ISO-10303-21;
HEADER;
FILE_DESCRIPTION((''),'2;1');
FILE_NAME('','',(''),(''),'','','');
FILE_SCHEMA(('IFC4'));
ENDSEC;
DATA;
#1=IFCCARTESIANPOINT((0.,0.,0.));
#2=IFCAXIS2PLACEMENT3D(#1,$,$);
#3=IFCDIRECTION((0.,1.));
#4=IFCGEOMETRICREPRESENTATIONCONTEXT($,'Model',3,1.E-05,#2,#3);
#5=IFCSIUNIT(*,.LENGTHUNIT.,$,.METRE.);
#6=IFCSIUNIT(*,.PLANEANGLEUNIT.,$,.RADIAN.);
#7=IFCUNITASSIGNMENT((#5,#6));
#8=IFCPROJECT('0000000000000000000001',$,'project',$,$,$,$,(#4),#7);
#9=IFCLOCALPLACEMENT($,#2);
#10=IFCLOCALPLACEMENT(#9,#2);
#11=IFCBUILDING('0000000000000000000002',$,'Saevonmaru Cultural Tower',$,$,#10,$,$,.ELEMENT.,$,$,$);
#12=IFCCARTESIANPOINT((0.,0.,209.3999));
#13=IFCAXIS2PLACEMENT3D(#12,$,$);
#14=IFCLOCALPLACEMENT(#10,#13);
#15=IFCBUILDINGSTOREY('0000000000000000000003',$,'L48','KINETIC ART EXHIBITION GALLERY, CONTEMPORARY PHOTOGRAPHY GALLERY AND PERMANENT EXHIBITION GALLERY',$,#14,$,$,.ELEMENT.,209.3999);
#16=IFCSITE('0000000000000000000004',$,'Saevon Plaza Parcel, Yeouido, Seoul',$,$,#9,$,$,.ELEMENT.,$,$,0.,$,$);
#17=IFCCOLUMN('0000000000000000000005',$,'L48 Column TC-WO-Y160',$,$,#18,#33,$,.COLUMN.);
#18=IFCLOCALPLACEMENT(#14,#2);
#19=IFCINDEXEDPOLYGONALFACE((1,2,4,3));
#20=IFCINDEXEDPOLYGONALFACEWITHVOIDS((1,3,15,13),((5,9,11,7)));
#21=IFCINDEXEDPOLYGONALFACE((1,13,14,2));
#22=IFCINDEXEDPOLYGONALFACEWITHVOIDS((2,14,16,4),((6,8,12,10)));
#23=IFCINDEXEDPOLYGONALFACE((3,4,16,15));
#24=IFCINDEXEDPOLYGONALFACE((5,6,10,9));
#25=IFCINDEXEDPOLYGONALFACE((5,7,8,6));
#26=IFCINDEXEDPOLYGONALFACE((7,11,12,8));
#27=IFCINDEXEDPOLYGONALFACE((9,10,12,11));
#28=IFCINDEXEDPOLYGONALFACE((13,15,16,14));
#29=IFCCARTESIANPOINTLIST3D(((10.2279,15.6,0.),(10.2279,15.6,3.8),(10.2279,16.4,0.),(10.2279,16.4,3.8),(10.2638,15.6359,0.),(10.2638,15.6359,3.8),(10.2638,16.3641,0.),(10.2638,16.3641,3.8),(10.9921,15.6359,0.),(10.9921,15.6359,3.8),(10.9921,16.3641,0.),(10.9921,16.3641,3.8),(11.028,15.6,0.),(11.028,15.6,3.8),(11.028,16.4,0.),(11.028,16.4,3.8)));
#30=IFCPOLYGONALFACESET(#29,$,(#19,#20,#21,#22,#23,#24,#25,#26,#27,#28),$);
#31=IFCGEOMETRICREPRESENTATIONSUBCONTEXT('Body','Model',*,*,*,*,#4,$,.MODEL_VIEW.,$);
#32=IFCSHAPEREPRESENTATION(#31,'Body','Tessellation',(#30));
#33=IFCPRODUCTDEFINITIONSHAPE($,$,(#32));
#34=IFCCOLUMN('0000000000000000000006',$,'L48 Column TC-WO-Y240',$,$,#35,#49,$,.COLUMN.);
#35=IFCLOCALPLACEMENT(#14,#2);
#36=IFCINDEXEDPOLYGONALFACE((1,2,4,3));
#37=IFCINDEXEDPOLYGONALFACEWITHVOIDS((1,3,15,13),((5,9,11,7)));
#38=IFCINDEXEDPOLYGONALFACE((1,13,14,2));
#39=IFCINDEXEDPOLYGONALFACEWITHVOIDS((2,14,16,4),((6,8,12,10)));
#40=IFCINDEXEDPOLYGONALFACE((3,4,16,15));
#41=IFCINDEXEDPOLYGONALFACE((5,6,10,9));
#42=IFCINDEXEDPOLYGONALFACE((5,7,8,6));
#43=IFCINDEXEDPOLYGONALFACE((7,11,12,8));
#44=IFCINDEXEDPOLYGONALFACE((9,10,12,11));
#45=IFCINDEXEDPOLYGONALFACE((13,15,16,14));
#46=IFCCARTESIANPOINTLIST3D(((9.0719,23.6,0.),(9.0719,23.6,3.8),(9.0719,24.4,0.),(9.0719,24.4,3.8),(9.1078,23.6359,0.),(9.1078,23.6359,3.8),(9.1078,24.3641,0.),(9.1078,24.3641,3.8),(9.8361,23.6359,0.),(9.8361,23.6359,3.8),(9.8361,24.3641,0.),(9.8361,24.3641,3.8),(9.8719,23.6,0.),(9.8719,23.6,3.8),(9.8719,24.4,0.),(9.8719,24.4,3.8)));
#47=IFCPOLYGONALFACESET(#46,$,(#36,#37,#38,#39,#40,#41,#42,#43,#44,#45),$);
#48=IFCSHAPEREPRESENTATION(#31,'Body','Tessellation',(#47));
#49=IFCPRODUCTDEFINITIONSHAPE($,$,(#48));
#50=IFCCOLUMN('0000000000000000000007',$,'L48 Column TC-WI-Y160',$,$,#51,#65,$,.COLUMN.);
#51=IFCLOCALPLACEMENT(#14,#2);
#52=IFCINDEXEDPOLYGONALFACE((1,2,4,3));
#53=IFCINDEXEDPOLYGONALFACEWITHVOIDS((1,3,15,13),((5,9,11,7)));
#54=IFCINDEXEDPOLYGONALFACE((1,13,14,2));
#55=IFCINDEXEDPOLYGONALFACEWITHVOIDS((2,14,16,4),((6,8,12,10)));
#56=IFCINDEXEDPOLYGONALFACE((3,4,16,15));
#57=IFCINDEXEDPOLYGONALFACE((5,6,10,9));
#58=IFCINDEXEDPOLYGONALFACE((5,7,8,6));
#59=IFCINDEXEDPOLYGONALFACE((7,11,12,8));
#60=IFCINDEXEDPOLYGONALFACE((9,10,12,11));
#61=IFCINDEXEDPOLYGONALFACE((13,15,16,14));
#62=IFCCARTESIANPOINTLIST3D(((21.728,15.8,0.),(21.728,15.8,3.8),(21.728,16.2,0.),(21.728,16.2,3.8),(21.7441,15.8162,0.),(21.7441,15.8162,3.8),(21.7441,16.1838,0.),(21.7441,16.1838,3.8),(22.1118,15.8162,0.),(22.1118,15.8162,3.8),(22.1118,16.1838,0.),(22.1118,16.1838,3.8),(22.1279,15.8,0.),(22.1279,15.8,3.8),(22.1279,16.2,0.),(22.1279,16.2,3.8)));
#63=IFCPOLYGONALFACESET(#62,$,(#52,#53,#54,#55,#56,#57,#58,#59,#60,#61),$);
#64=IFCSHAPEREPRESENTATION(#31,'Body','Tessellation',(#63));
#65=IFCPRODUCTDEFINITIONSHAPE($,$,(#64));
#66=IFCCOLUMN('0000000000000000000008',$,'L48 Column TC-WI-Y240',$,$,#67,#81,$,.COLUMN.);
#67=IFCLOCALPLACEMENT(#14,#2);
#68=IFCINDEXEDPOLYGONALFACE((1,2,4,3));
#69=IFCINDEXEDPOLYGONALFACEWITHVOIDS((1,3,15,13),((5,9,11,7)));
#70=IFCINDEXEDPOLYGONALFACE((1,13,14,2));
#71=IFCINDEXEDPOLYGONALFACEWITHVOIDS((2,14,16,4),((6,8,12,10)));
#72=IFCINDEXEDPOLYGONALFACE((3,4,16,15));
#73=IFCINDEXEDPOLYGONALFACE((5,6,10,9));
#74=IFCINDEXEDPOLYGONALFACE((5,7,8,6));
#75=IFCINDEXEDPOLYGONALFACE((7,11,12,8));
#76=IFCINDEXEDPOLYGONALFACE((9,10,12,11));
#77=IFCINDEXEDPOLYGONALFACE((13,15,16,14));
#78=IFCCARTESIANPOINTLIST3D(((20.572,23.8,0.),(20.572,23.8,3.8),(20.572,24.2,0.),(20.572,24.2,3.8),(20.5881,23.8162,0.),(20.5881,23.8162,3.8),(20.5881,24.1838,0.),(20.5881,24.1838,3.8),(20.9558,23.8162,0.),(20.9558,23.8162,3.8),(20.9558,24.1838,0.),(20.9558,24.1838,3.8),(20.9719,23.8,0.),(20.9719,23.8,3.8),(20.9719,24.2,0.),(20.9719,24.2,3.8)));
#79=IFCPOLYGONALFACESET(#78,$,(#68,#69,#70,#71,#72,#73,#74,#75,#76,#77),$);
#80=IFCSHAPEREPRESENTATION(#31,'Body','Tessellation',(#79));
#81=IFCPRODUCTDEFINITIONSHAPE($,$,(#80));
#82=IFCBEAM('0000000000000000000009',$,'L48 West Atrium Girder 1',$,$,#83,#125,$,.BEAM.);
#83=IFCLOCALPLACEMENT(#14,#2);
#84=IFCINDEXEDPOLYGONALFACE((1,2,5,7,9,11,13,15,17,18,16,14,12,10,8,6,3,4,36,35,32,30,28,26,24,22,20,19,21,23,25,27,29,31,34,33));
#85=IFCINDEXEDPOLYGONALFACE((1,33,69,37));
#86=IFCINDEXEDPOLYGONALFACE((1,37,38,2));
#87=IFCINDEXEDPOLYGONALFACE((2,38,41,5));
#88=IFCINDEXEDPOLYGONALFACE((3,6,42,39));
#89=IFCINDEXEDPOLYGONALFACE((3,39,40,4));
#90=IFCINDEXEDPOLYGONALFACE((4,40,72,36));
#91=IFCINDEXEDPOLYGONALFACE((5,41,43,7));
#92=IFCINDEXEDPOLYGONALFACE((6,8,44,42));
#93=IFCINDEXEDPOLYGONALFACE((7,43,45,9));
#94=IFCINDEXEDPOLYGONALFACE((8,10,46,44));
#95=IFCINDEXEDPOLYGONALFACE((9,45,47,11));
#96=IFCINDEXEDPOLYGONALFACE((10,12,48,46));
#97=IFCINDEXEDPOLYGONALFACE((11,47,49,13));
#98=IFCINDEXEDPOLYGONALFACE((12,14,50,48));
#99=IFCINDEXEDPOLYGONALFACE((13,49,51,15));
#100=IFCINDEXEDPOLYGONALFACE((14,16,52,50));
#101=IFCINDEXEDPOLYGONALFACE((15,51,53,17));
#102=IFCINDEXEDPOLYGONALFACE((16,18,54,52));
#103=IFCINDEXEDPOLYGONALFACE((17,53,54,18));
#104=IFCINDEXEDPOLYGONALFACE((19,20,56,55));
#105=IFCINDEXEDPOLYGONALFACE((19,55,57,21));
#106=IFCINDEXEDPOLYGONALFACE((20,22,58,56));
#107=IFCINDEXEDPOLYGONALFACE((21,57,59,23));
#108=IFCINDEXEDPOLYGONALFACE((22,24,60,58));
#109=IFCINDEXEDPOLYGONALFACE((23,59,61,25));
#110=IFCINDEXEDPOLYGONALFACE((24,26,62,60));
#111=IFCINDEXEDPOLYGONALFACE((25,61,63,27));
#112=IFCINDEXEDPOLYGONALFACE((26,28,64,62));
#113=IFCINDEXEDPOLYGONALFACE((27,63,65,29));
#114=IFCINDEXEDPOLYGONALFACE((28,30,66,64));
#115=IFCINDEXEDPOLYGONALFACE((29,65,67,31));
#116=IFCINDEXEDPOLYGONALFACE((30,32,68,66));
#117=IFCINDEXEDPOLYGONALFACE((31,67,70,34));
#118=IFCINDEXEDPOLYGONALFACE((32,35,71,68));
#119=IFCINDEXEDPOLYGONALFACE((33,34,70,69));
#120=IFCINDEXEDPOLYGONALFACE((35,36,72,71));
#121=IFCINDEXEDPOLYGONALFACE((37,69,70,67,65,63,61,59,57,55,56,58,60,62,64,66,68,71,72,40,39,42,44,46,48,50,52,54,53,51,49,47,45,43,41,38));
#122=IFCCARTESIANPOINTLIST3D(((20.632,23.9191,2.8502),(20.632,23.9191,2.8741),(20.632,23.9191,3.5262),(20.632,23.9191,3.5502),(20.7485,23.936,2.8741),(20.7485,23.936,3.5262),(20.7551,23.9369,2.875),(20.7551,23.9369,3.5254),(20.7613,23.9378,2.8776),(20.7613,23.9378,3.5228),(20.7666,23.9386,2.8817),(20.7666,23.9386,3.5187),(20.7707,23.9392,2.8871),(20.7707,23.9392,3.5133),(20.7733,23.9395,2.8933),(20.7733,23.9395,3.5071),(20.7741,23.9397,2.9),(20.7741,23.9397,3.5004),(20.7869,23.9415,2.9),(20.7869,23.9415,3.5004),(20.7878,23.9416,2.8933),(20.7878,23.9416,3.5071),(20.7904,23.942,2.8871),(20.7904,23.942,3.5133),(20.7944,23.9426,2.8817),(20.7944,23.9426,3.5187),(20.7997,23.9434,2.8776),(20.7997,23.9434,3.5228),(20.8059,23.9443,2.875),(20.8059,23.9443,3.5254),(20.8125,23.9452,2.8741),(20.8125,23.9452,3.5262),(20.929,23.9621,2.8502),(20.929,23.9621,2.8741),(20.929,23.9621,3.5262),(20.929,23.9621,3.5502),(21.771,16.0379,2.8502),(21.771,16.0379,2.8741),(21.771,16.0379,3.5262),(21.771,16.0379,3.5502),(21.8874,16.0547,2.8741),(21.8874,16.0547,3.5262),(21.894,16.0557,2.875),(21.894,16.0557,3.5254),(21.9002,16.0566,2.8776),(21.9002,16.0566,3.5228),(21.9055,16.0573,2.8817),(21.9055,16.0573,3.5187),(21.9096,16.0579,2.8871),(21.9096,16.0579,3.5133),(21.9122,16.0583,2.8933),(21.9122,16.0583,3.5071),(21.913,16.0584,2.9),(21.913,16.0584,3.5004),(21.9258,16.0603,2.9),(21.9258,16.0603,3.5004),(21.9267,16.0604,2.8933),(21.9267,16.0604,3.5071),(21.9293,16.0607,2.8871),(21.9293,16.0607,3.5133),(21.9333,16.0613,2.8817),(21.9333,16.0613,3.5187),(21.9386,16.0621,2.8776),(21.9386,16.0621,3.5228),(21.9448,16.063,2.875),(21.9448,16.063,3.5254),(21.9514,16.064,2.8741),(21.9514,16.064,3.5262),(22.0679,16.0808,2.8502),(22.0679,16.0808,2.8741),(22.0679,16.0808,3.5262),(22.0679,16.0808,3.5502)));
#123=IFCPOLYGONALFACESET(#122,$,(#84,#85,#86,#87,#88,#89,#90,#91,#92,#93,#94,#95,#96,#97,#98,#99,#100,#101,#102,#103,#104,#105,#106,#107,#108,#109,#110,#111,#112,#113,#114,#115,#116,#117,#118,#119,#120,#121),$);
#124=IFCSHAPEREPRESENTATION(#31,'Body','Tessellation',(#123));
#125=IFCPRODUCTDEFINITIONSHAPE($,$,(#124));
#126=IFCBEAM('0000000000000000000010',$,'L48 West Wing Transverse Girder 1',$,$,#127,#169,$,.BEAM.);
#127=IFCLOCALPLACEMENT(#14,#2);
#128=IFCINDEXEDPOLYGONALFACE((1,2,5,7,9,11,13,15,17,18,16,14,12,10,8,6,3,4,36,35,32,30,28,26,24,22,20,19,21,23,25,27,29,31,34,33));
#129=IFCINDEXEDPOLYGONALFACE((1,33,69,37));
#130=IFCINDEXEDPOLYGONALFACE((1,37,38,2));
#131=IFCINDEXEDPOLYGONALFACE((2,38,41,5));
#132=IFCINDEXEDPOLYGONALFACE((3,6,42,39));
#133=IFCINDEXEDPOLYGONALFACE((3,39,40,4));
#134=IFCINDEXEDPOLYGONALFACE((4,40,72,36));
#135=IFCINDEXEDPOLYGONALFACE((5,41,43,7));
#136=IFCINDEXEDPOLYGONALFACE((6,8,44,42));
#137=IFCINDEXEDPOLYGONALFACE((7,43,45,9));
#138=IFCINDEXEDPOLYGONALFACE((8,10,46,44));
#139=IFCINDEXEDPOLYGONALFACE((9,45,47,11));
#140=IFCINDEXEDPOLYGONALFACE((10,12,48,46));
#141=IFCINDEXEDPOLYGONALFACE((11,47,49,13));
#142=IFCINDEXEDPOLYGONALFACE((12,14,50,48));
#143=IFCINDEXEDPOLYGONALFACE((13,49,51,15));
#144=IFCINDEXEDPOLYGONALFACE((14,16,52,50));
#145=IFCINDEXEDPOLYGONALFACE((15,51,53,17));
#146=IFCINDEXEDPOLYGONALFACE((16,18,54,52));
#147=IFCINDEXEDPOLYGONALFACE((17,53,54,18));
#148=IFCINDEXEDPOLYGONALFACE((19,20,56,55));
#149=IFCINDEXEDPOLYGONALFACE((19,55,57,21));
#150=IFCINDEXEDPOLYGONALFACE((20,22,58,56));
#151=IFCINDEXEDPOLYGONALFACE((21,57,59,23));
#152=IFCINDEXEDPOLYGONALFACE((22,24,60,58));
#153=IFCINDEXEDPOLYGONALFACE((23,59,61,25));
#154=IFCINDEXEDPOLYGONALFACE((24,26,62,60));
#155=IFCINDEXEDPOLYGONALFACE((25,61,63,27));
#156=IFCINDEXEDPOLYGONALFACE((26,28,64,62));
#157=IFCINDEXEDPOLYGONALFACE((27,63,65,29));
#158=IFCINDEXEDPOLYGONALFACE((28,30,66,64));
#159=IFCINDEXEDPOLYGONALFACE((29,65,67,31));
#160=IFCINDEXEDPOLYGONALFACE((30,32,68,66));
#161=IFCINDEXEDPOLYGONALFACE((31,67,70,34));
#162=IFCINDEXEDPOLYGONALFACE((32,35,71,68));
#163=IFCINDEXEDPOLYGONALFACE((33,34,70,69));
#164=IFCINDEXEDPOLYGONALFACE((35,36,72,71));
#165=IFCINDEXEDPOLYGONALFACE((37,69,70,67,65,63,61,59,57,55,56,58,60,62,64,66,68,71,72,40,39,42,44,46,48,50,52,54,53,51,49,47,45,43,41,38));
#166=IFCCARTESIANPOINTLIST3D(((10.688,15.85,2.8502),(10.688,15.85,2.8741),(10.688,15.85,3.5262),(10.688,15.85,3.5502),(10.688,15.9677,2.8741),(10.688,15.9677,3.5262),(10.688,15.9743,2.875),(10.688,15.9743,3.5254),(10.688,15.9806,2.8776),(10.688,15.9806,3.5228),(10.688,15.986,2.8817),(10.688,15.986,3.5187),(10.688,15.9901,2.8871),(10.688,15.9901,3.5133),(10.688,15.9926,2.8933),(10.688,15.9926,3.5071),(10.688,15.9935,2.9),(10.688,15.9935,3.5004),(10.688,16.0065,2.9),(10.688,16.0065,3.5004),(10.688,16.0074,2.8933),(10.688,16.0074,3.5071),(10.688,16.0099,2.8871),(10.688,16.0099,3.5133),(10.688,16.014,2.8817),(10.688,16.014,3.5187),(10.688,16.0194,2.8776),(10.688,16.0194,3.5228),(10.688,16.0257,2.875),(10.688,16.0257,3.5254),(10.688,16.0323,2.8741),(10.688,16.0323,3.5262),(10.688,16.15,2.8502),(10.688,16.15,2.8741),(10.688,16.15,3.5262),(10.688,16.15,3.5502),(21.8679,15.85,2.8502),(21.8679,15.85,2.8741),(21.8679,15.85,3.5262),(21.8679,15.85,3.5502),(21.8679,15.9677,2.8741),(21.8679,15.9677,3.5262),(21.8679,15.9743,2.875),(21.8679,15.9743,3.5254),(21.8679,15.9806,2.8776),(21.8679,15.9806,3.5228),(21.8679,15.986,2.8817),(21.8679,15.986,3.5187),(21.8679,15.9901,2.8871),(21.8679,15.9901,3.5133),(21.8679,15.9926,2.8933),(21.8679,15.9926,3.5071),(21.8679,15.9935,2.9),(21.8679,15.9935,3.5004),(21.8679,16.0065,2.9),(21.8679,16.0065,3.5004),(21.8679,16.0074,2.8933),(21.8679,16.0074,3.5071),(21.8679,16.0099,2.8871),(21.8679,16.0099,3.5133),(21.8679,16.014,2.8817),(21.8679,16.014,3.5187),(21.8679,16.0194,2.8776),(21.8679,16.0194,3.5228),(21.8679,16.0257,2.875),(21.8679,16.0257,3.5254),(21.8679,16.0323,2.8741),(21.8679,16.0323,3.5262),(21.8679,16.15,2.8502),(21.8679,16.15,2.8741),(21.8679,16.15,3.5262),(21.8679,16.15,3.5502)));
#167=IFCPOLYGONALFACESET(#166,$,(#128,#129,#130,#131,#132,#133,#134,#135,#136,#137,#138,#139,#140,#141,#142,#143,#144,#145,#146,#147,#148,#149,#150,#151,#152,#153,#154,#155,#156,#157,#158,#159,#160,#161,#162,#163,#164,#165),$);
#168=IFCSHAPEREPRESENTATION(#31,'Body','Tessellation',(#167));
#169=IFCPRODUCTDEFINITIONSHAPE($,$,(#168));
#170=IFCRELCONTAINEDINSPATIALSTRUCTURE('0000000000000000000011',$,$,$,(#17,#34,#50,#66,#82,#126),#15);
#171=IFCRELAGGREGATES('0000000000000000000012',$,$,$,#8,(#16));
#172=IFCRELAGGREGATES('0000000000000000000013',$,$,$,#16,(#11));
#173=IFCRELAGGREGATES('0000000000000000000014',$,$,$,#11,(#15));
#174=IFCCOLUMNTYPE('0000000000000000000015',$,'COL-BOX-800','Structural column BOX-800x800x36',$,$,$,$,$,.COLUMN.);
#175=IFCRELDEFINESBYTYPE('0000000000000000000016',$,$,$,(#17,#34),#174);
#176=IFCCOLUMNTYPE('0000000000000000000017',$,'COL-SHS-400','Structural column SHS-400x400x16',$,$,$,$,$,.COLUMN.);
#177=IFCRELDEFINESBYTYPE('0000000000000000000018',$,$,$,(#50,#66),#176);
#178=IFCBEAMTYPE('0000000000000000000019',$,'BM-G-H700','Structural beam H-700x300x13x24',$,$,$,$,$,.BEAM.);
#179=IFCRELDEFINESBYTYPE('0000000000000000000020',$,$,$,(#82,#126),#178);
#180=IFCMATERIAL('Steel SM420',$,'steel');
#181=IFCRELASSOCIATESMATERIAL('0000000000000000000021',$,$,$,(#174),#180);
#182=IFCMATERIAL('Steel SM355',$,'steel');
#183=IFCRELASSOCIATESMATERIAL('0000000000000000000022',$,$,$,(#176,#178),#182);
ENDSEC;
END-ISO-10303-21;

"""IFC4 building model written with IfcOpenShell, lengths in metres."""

from ifc_helpers import new_model, si_unit, direction, frame, origin, origin_2d, place, context, subcontext, project, spatial, hollow_rectangle, i_section, extrude, material, material_profile, profile_set, type_object, element, save


model = new_model("IFC4")

# Units and contexts
model_context = context("Model", 3, precision=1e-05, world=origin(), true_north=direction((0.0, 1.0)))
body_context = subcontext(model_context, "Body", "Model", "MODEL_VIEW")
ifc_project = project(units=[si_unit("LENGTHUNIT", "METRE"), si_unit("PLANEANGLEUNIT", "RADIAN")], contexts=[model_context])

# Site, building, storey
site_placement = place(None, origin())
site = spatial("IfcSite", under=ifc_project, at=site_placement, Name="Saevon Plaza Parcel, Yeouido, Seoul", CompositionType="ELEMENT", RefElevation=0.0)
building_placement = place(site_placement, origin())
building = spatial("IfcBuilding", under=site, at=building_placement, Name="Saevonmaru Cultural Tower", CompositionType="ELEMENT")
storey_placement = place(building_placement, frame((0.0, 0.0, 209.3999)))
storey = spatial("IfcBuildingStorey", under=building, at=storey_placement, Name="L48", Description="KINETIC ART EXHIBITION GALLERY, CONTEMPORARY PHOTOGRAPHY GALLERY AND PERMANENT EXHIBITION GALLERY", CompositionType="ELEMENT", Elevation=209.3999)

# Columns
ifc_material_1 = material(Name="Steel SM420", Category="steel")
ifc_material_profile_1 = material_profile(ifc_material_1, hollow_rectangle(XDim=0.8, YDim=0.8, WallThickness=0.0359, at=origin_2d()), Name="BOX-800x800x36")
ifc_profile_set_1 = profile_set([ifc_material_profile_1], Name="Steel SM420")
column_type_1 = type_object("IfcColumnType", Name="COL-BOX-800", Description="Structural column BOX-800x800x36", PredefinedType="COLUMN", material=ifc_profile_set_1)
for number, where, z_axis, x_axis, name in (
    (1, (10.6279, 16.0, 0.0), (0.0, 0.0, 1.0), (1.0, 0.0, 0.0), "L48 Column TC-WO-Y160"),
    (2, (9.4719, 24.0, 0.0), (0.0, 0.0, 1.0), (1.0, 0.0, 0.0), "L48 Column TC-WO-Y240"),
):
    element("IfcColumn", number, at=place(storey_placement, frame(where, z_axis=z_axis, x_axis=x_axis)), inside=storey, type_object=column_type_1, Name=name, PredefinedType="COLUMN", context=body_context, shape_type="SweptSolid", body=[
        extrude(hollow_rectangle(XDim=0.8, YDim=0.8, WallThickness=0.0359, at=origin_2d()), origin(), (0.0, 0.0, 1.0), 3.8),
    ])
ifc_material_2 = material(Name="Steel SM355", Category="steel")
ifc_material_profile_2 = material_profile(ifc_material_2, hollow_rectangle(XDim=0.3999, YDim=0.3999, WallThickness=0.0161, at=origin_2d()), Name="SHS-400x400x16")
ifc_profile_set_2 = profile_set([ifc_material_profile_2], Name="Steel SM355")
column_type_2 = type_object("IfcColumnType", Name="COL-SHS-400", Description="Structural column SHS-400x400x16", PredefinedType="COLUMN", material=ifc_profile_set_2)
for number, where, z_axis, x_axis, name in (
    (3, (21.928, 16.0, 0.0), (0.0, 0.0, 1.0), (1.0, 0.0, 0.0), "L48 Column TC-WI-Y160"),
    (4, (20.772, 24.0, 0.0), (0.0, 0.0, 1.0), (1.0, 0.0, 0.0), "L48 Column TC-WI-Y240"),
):
    element("IfcColumn", number, at=place(storey_placement, frame(where, z_axis=z_axis, x_axis=x_axis)), inside=storey, type_object=column_type_2, Name=name, PredefinedType="COLUMN", context=body_context, shape_type="SweptSolid", body=[
        extrude(hollow_rectangle(XDim=0.3999, YDim=0.3999, WallThickness=0.0161, at=origin_2d()), origin(), (0.0, 0.0, 1.0), 3.8),
    ])

# Beams
ifc_material_profile_3 = material_profile(ifc_material_2, i_section(OverallWidth=0.3, OverallDepth=0.7, WebThickness=0.0129, FlangeThickness=0.0239, FilletRadius=0.0259, at=origin_2d()), Name="H-700x300x13x24")
ifc_profile_set_3 = profile_set([ifc_material_profile_3], Name="Steel SM355")
beam_type_1 = type_object("IfcBeamType", Name="BM-G-H700", Description="Structural beam H-700x300x13x24", PredefinedType="BEAM", material=ifc_profile_set_3)
beam_1_placement = place(storey_placement, frame((21.9194, 16.0593, 3.2002), z_axis=(-0.143022, 0.989719, 0.0), x_axis=(-0.989719, -0.143022, 0.0)))
element("IfcBeam", 5, at=beam_1_placement, inside=storey, type_object=beam_type_1, Name="L48 West Atrium Girder 1", PredefinedType="BEAM", context=body_context, shape_type="SweptSolid", body=[
    extrude(i_section(OverallWidth=0.3, OverallDepth=0.7, WebThickness=0.0129, FlangeThickness=0.0239, FilletRadius=0.0259, at=origin_2d()), origin(), (0.0, 0.0, 1.0), 7.9631),
])
for number, where, z_axis, x_axis, name in (
    (6, (10.688, 16.0, 3.2002), (1.0, 0.0, 0.0), (0.0, 1.0, 0.0), "L48 West Wing Transverse Girder 1"),
):
    element("IfcBeam", number, at=place(storey_placement, frame(where, z_axis=z_axis, x_axis=x_axis)), inside=storey, type_object=beam_type_1, Name=name, PredefinedType="BEAM", context=body_context, shape_type="SweptSolid", body=[
        extrude(i_section(OverallWidth=0.3, OverallDepth=0.7, WebThickness=0.0129, FlangeThickness=0.0239, FilletRadius=0.0259, at=origin_2d()), origin(), (0.0, 0.0, 1.0), 11.1799),
    ])

save(model, "model.ifc")
